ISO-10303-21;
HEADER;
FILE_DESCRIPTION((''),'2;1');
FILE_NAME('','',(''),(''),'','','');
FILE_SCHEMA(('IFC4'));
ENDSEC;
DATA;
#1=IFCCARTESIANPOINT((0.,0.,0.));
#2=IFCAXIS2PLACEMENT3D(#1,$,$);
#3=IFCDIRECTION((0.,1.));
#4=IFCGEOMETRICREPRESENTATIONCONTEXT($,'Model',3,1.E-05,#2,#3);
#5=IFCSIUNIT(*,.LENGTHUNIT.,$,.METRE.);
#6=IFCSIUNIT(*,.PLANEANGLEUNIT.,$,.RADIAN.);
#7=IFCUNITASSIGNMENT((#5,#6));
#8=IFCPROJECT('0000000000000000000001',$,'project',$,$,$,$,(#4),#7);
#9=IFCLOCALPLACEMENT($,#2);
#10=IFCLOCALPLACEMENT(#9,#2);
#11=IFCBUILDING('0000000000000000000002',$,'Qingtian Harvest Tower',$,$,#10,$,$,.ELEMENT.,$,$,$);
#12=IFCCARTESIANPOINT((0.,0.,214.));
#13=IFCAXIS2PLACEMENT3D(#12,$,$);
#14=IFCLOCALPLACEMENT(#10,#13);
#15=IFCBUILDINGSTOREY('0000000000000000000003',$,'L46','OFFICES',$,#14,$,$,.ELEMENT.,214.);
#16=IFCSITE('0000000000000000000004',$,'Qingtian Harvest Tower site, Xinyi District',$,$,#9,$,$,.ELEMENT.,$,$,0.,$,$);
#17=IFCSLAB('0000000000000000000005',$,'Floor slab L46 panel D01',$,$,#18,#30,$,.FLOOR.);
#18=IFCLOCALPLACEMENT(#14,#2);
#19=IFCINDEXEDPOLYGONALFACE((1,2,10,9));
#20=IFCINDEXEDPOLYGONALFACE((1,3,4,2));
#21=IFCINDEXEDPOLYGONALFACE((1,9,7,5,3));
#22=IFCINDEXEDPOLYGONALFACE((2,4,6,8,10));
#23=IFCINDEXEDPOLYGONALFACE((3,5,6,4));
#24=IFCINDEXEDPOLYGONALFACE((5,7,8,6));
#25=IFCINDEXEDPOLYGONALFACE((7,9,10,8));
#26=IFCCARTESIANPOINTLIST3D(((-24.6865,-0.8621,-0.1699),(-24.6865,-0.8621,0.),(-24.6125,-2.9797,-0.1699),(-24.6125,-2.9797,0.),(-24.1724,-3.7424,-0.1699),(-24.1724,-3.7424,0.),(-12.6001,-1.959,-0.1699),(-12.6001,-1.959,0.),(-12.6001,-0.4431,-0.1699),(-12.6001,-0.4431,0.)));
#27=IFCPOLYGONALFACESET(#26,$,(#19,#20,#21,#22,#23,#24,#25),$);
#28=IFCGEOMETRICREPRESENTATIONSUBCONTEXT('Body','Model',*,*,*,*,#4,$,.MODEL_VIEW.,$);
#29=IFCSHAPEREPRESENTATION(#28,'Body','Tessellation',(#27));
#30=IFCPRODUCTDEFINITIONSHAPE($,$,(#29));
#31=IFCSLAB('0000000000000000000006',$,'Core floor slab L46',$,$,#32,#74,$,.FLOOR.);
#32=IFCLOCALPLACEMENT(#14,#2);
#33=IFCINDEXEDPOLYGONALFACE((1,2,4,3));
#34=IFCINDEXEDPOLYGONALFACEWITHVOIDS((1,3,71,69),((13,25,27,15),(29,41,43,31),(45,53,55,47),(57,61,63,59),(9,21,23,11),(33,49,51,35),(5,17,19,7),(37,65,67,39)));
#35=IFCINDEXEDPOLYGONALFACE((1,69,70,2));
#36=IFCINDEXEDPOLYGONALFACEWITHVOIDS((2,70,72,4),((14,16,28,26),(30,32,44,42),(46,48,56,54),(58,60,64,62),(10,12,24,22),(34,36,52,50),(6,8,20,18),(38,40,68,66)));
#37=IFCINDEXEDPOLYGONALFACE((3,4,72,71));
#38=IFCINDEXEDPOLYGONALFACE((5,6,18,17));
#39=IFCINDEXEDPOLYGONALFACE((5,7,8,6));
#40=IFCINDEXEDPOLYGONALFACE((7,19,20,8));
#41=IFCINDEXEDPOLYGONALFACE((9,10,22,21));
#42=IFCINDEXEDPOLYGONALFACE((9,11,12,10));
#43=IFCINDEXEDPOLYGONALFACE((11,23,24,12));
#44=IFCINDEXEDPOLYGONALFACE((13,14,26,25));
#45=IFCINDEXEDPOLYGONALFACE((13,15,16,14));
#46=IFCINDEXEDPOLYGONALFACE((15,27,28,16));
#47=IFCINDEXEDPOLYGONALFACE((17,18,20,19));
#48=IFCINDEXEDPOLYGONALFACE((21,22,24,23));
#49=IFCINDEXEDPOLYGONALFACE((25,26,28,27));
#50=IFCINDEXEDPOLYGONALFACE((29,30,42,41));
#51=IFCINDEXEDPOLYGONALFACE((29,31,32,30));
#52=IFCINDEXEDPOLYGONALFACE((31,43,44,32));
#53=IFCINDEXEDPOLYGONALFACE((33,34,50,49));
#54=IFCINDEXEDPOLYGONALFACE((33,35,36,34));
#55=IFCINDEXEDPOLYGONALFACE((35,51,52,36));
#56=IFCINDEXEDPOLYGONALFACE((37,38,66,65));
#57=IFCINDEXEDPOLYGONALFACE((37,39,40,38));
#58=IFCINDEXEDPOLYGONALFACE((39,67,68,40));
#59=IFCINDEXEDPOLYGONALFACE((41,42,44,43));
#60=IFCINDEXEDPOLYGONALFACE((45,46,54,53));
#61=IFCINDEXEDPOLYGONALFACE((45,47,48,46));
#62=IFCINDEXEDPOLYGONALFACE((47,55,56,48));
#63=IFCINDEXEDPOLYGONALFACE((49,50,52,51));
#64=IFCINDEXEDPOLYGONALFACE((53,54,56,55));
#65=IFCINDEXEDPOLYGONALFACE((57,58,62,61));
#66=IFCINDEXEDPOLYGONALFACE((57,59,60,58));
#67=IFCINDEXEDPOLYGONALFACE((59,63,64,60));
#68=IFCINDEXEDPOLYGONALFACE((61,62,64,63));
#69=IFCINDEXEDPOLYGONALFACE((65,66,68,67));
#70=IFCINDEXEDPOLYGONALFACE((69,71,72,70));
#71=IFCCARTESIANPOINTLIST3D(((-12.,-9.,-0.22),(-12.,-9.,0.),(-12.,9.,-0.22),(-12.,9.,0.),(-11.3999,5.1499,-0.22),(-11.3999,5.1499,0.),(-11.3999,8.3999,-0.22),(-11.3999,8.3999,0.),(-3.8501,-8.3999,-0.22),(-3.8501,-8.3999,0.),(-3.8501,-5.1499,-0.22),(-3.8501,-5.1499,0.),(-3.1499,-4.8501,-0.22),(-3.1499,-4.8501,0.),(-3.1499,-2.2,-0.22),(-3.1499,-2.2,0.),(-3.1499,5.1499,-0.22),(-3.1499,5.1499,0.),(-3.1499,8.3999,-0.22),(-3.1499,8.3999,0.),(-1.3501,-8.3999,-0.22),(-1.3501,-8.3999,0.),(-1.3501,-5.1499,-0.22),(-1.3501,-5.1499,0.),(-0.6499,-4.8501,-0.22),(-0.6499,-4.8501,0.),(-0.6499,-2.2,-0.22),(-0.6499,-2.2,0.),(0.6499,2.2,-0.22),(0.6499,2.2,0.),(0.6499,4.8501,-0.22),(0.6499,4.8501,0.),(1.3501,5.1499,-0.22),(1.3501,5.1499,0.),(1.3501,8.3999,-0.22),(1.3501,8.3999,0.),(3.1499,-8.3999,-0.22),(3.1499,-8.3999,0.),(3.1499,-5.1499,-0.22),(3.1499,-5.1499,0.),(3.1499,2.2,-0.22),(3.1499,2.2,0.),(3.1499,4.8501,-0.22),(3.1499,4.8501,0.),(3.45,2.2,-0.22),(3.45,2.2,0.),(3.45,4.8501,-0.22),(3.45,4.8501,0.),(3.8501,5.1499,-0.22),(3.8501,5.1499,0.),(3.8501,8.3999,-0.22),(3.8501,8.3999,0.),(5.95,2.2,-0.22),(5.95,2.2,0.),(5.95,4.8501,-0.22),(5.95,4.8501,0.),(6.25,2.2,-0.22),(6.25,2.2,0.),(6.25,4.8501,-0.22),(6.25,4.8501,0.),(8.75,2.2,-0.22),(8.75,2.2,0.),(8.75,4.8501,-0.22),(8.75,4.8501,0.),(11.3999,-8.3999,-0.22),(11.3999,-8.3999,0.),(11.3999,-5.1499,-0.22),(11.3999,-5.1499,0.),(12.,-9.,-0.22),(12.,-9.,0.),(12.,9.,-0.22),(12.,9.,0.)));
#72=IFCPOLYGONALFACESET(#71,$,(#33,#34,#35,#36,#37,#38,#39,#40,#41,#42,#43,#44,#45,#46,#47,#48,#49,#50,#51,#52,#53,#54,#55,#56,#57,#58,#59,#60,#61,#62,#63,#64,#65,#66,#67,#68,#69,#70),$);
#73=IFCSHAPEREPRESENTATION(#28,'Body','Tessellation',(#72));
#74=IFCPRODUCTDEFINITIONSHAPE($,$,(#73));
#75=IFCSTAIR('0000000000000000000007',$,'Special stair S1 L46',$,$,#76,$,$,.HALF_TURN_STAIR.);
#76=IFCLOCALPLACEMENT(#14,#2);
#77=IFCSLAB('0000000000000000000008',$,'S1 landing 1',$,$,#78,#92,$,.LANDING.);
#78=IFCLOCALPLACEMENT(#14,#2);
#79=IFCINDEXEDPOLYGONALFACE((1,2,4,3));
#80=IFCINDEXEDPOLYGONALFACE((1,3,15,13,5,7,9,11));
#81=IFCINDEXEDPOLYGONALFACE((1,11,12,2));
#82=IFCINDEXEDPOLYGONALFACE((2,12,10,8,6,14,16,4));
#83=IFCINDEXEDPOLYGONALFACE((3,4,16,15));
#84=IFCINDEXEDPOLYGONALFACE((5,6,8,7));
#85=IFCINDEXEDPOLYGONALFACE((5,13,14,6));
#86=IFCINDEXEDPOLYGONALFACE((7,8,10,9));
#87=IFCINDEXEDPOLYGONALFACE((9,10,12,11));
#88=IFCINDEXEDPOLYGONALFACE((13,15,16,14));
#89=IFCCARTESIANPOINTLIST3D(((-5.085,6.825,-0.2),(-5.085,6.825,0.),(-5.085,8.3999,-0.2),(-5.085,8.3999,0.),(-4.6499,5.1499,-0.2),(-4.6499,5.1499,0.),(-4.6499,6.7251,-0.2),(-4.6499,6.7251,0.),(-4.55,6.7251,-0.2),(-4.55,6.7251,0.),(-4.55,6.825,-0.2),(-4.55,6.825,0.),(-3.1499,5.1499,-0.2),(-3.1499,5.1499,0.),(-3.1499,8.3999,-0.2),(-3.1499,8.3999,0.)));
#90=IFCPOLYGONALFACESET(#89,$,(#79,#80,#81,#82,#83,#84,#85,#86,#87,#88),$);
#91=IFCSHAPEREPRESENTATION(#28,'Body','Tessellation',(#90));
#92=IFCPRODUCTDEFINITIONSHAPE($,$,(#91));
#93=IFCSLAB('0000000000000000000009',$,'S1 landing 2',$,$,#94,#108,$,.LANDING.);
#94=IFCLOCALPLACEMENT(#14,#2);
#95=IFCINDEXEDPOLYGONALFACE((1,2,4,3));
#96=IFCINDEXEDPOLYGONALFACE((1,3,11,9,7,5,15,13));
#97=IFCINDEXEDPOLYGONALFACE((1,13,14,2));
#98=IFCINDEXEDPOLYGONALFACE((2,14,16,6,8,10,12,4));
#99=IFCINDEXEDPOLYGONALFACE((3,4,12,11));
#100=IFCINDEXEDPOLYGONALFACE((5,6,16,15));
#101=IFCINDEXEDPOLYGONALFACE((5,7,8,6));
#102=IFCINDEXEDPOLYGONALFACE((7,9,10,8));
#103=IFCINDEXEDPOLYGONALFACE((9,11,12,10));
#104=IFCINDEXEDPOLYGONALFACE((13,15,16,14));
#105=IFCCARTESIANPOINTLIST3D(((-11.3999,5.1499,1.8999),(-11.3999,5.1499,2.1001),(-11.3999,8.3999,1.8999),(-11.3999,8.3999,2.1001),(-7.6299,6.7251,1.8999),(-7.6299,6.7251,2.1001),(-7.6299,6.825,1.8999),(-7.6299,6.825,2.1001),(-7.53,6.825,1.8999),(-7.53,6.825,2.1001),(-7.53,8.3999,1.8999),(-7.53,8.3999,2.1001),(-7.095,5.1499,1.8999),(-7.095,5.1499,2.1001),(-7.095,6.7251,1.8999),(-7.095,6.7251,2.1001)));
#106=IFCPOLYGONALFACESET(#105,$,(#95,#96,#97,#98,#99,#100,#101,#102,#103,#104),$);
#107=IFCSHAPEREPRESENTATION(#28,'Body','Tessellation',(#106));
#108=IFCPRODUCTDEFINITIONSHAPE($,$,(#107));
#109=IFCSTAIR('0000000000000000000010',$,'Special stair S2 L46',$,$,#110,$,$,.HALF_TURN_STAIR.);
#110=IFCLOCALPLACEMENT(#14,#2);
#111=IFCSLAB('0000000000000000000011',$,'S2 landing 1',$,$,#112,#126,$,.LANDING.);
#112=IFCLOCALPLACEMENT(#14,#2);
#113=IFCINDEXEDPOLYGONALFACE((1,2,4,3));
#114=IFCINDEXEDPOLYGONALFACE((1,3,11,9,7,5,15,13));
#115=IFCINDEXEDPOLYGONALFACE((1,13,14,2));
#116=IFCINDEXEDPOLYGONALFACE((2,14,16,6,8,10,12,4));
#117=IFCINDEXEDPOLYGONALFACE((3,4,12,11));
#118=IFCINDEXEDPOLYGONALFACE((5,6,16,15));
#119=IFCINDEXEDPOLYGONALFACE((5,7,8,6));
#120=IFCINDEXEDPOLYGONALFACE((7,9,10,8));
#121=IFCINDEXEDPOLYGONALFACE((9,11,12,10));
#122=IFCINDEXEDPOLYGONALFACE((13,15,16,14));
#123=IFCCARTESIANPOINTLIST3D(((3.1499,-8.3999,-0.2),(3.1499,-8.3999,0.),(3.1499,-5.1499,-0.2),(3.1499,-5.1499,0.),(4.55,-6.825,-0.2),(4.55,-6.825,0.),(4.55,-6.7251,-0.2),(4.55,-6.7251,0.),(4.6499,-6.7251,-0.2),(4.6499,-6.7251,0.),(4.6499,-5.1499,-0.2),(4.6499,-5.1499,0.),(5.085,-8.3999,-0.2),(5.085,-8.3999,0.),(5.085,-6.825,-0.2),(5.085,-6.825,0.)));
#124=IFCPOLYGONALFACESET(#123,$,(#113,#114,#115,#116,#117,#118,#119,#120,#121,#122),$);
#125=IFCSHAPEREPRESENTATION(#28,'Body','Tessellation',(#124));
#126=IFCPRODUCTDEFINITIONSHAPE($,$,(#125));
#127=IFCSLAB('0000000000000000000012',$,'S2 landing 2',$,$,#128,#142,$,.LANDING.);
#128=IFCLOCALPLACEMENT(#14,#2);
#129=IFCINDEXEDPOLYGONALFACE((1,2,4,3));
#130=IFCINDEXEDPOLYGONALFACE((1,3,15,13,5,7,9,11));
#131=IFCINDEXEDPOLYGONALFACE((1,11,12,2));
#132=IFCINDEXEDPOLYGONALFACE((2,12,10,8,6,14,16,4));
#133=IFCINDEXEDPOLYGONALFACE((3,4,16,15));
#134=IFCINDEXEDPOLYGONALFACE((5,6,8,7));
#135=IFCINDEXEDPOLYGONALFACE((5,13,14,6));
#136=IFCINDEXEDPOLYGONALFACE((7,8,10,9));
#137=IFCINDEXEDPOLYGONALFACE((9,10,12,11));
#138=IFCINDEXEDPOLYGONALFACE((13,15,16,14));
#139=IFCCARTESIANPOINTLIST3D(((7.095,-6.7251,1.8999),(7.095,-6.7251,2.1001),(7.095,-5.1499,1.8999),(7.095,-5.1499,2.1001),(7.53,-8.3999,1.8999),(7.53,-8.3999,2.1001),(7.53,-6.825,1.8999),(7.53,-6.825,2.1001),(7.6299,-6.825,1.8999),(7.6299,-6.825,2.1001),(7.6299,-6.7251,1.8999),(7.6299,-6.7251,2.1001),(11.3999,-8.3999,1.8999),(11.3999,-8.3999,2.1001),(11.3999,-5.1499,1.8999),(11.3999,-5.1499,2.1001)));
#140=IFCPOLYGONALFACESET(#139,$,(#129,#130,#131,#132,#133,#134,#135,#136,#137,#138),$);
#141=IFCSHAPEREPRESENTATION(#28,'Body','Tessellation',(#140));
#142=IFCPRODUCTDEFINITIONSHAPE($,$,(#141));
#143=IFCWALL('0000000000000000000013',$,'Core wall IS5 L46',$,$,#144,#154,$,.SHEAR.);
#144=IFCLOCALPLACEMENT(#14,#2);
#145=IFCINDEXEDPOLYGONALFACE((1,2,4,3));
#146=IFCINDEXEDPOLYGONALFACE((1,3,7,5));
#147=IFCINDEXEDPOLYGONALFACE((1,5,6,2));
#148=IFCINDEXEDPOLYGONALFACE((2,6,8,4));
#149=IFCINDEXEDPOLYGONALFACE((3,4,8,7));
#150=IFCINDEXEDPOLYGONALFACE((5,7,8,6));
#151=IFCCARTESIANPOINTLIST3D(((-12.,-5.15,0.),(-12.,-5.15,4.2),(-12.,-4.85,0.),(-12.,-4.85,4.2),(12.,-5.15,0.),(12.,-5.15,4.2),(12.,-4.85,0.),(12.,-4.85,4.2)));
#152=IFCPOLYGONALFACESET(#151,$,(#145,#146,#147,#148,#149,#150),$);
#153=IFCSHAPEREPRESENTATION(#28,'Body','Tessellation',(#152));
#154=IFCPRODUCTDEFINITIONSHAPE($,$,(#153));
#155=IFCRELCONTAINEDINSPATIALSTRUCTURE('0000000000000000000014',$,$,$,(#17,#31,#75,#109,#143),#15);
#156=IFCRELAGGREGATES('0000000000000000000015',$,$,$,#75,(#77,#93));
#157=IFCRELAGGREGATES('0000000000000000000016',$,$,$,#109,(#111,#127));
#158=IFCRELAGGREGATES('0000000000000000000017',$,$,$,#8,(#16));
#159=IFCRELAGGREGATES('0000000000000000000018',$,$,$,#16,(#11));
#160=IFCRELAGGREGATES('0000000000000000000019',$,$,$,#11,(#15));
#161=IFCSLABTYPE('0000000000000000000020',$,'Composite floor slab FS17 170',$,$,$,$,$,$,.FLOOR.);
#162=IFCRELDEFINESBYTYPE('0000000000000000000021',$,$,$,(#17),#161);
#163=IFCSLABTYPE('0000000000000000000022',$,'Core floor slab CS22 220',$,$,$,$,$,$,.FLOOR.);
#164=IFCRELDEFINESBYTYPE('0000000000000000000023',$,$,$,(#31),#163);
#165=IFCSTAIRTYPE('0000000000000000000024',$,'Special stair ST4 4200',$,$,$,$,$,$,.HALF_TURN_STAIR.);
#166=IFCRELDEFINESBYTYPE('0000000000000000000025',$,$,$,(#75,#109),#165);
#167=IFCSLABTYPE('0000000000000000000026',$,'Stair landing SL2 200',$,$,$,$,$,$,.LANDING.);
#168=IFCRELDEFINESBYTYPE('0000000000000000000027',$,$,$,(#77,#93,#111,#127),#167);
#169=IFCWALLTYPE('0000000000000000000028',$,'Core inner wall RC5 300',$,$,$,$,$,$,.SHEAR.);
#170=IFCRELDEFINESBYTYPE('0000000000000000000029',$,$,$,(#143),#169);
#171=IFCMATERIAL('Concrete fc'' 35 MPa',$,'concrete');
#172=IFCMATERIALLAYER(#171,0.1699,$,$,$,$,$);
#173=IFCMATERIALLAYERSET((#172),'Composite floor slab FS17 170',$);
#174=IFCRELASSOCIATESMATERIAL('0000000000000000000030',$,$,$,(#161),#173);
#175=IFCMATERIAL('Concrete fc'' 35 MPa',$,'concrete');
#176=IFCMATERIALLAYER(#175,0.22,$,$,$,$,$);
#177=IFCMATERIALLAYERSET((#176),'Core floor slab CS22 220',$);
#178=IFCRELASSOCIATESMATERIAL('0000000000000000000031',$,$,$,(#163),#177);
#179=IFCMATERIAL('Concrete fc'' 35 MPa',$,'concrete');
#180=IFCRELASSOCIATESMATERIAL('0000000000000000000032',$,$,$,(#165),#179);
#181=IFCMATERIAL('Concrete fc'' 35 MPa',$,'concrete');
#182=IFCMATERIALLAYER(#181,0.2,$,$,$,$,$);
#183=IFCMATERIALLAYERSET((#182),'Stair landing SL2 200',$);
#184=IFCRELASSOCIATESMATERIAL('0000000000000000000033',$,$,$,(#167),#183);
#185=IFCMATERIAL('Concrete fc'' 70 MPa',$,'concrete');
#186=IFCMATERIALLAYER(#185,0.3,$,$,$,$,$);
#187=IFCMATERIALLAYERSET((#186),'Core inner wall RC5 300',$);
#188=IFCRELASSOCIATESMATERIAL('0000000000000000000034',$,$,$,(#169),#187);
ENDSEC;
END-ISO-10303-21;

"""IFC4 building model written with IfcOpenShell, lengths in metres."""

from ifc_helpers import new_model, si_unit, direction, frame, frame_2d, origin, place, context, subcontext, project, spatial, polyline, rectangle, outline, extrude, material, layer, layer_set, type_object, element, aggregate, save


model = new_model("IFC4")

# Units and contexts
model_context = context("Model", 3, precision=1e-05, world=origin(), true_north=direction((0.0, 1.0)))
body_context = subcontext(model_context, "Body", "Model", "MODEL_VIEW")
ifc_project = project(units=[si_unit("LENGTHUNIT", "METRE"), si_unit("PLANEANGLEUNIT", "RADIAN")], contexts=[model_context])

# Site, building, storey
site_placement = place(None, origin())
site = spatial("IfcSite", under=ifc_project, at=site_placement, Name="Qingtian Harvest Tower site, Xinyi District", CompositionType="ELEMENT", RefElevation=0.0)
building_placement = place(site_placement, origin())
building = spatial("IfcBuilding", under=site, at=building_placement, Name="Qingtian Harvest Tower", CompositionType="ELEMENT")
storey_placement = place(building_placement, frame((0.0, 0.0, 214.0)))
storey = spatial("IfcBuildingStorey", under=building, at=storey_placement, Name="L46", Description="OFFICES", CompositionType="ELEMENT", Elevation=214.0)

# Slabs
ifc_material_1 = material(Name="Concrete fc' 35 MPa", Category="concrete")
ifc_layer_1 = layer(ifc_material_1, 0.1699)
ifc_layer_set_1 = layer_set([ifc_layer_1], Name="Composite floor slab FS17 170")
slab_type_1 = type_object("IfcSlabType", Name="Composite floor slab FS17 170", PredefinedType="FLOOR", material=ifc_layer_set_1)
slab_1_placement = place(storey_placement, frame((0.0, 0.0, -0.1699)))
element("IfcSlab", 1, at=slab_1_placement, inside=storey, type_object=slab_type_1, Name="Floor slab L46 panel D01", PredefinedType="FLOOR", context=body_context, shape_type="SweptSolid", body=[
    extrude(outline(polyline([(-24.6865, -0.8621), (-12.6001, -0.4431), (-12.6001, -1.959), (-24.1724, -3.7424), (-24.6125, -2.9797), (-24.6865, -0.8621)])), origin(), (0.0, 0.0, 1.0), 0.1699),
])
ifc_material_2 = material(Name="Concrete fc' 35 MPa", Category="concrete")
ifc_layer_2 = layer(ifc_material_2, 0.22)
ifc_layer_set_2 = layer_set([ifc_layer_2], Name="Core floor slab CS22 220")
slab_type_2 = type_object("IfcSlabType", Name="Core floor slab CS22 220", PredefinedType="FLOOR", material=ifc_layer_set_2)
slab_2_placement = place(storey_placement, frame((0.0, 0.0, -0.22)))
element("IfcSlab", 2, at=slab_2_placement, inside=storey, type_object=slab_type_2, Name="Core floor slab L46", PredefinedType="FLOOR", context=body_context, shape_type="SweptSolid", body=[
    extrude(outline(polyline([(-12.0, -9.0), (12.0, -9.0), (12.0, 9.0), (-12.0, 9.0), (-12.0, -9.0)]), holes=[polyline([(-11.3999, 5.1499), (-3.1499, 5.1499), (-3.1499, 8.3999), (-11.3999, 8.3999), (-11.3999, 5.1499)]), polyline([(3.1499, -8.3999), (11.3999, -8.3999), (11.3999, -5.1499), (3.1499, -5.1499), (3.1499, -8.3999)]), polyline([(1.3501, 5.1499), (3.8501, 5.1499), (3.8501, 8.3999), (1.3501, 8.3999), (1.3501, 5.1499)]), polyline([(-3.8501, -8.3999), (-1.3501, -8.3999), (-1.3501, -5.1499), (-3.8501, -5.1499), (-3.8501, -8.3999)]), polyline([(0.6499, 2.2), (3.1499, 2.2), (3.1499, 4.8501), (0.6499, 4.8501), (0.6499, 2.2)]), polyline([(3.45, 2.2), (5.95, 2.2), (5.95, 4.8501), (3.45, 4.8501), (3.45, 2.2)]), polyline([(6.25, 2.2), (8.75, 2.2), (8.75, 4.8501), (6.25, 4.8501), (6.25, 2.2)]), polyline([(-3.1499, -4.8501), (-0.6499, -4.8501), (-0.6499, -2.2), (-3.1499, -2.2), (-3.1499, -4.8501)])]), origin(), (0.0, 0.0, 1.0), 0.22),
])

# Stairs, slabs
ifc_material_3 = material(Name="Concrete fc' 35 MPa", Category="concrete")
stair_type = type_object("IfcStairType", Name="Special stair ST4 4200", PredefinedType="HALF_TURN_STAIR", material=ifc_material_3)
stair_1_placement = place(storey_placement, origin())
stair_1 = element("IfcStair", 3, at=stair_1_placement, inside=storey, type_object=stair_type, Name="Special stair S1 L46", PredefinedType="HALF_TURN_STAIR")
ifc_material_4 = material(Name="Concrete fc' 35 MPa", Category="concrete")
ifc_layer_3 = layer(ifc_material_4, 0.2)
ifc_layer_set_3 = layer_set([ifc_layer_3], Name="Stair landing SL2 200")
slab_type_3 = type_object("IfcSlabType", Name="Stair landing SL2 200", PredefinedType="LANDING", material=ifc_layer_set_3)
slab_3_placement = place(storey_placement, frame((0.0, 0.0, -0.2)))
slab_3 = element("IfcSlab", 4, at=slab_3_placement, type_object=slab_type_3, Name="S1 landing 1", PredefinedType="LANDING", context=body_context, shape_type="SweptSolid", body=[
    extrude(outline(polyline([(-4.6499, 5.1499), (-4.6499, 6.7251), (-4.55, 6.7251), (-4.55, 6.825), (-5.085, 6.825), (-5.085, 8.3999), (-3.1499, 8.3999), (-3.1499, 5.1499), (-4.6499, 5.1499)])), origin(), (0.0, 0.0, 1.0), 0.2),
])
slab_4_placement = place(storey_placement, frame((0.0, 0.0, 1.8999)))
slab_4 = element("IfcSlab", 5, at=slab_4_placement, type_object=slab_type_3, Name="S1 landing 2", PredefinedType="LANDING", context=body_context, shape_type="SweptSolid", body=[
    extrude(outline(polyline([(-7.095, 5.1499), (-11.3999, 5.1499), (-11.3999, 8.3999), (-7.53, 8.3999), (-7.53, 6.825), (-7.6299, 6.825), (-7.6299, 6.7251), (-7.095, 6.7251), (-7.095, 5.1499)])), origin(), (0.0, 0.0, 1.0), 0.2002),
])
aggregate(stair_1, [slab_3, slab_4])
stair_2_placement = place(storey_placement, origin())
stair_2 = element("IfcStair", 6, at=stair_2_placement, inside=storey, type_object=stair_type, Name="Special stair S2 L46", PredefinedType="HALF_TURN_STAIR")
slab_5_placement = place(storey_placement, frame((0.0, 0.0, -0.2)))
slab_5 = element("IfcSlab", 7, at=slab_5_placement, type_object=slab_type_3, Name="S2 landing 1", PredefinedType="LANDING", context=body_context, shape_type="SweptSolid", body=[
    extrude(outline(polyline([(5.085, -8.3999), (3.1499, -8.3999), (3.1499, -5.1499), (4.6499, -5.1499), (4.6499, -6.7251), (4.55, -6.7251), (4.55, -6.825), (5.085, -6.825), (5.085, -8.3999)])), origin(), (0.0, 0.0, 1.0), 0.2),
])
slab_6_placement = place(storey_placement, frame((0.0, 0.0, 1.8999)))
slab_6 = element("IfcSlab", 8, at=slab_6_placement, type_object=slab_type_3, Name="S2 landing 2", PredefinedType="LANDING", context=body_context, shape_type="SweptSolid", body=[
    extrude(outline(polyline([(7.53, -8.3999), (7.53, -6.825), (7.6299, -6.825), (7.6299, -6.7251), (7.095, -6.7251), (7.095, -5.1499), (11.3999, -5.1499), (11.3999, -8.3999), (7.53, -8.3999)])), origin(), (0.0, 0.0, 1.0), 0.2002),
])
aggregate(stair_2, [slab_5, slab_6])

# Wall
ifc_material_5 = material(Name="Concrete fc' 70 MPa", Category="concrete")
ifc_layer_4 = layer(ifc_material_5, 0.3)
ifc_layer_set_4 = layer_set([ifc_layer_4], Name="Core inner wall RC5 300")
wall_type_1 = type_object("IfcWallType", Name="Core inner wall RC5 300", PredefinedType="SHEAR", material=ifc_layer_set_4)
wall_1_placement = place(storey_placement, frame((-12.0, -5.0, 0.0), z_axis=(0.0, 0.0, 1.0), x_axis=(1.0, 0.0, 0.0)))
element("IfcWall", 9, at=wall_1_placement, inside=storey, type_object=wall_type_1, Name="Core wall IS5 L46", PredefinedType="SHEAR", context=body_context, shape_type="SweptSolid", body=[
    extrude(rectangle(XDim=24.0, YDim=0.3, at=frame_2d((12.0, 0.0))), origin(), (0.0, 0.0, 1.0), 4.2),
])

save(model, "model.ifc")
